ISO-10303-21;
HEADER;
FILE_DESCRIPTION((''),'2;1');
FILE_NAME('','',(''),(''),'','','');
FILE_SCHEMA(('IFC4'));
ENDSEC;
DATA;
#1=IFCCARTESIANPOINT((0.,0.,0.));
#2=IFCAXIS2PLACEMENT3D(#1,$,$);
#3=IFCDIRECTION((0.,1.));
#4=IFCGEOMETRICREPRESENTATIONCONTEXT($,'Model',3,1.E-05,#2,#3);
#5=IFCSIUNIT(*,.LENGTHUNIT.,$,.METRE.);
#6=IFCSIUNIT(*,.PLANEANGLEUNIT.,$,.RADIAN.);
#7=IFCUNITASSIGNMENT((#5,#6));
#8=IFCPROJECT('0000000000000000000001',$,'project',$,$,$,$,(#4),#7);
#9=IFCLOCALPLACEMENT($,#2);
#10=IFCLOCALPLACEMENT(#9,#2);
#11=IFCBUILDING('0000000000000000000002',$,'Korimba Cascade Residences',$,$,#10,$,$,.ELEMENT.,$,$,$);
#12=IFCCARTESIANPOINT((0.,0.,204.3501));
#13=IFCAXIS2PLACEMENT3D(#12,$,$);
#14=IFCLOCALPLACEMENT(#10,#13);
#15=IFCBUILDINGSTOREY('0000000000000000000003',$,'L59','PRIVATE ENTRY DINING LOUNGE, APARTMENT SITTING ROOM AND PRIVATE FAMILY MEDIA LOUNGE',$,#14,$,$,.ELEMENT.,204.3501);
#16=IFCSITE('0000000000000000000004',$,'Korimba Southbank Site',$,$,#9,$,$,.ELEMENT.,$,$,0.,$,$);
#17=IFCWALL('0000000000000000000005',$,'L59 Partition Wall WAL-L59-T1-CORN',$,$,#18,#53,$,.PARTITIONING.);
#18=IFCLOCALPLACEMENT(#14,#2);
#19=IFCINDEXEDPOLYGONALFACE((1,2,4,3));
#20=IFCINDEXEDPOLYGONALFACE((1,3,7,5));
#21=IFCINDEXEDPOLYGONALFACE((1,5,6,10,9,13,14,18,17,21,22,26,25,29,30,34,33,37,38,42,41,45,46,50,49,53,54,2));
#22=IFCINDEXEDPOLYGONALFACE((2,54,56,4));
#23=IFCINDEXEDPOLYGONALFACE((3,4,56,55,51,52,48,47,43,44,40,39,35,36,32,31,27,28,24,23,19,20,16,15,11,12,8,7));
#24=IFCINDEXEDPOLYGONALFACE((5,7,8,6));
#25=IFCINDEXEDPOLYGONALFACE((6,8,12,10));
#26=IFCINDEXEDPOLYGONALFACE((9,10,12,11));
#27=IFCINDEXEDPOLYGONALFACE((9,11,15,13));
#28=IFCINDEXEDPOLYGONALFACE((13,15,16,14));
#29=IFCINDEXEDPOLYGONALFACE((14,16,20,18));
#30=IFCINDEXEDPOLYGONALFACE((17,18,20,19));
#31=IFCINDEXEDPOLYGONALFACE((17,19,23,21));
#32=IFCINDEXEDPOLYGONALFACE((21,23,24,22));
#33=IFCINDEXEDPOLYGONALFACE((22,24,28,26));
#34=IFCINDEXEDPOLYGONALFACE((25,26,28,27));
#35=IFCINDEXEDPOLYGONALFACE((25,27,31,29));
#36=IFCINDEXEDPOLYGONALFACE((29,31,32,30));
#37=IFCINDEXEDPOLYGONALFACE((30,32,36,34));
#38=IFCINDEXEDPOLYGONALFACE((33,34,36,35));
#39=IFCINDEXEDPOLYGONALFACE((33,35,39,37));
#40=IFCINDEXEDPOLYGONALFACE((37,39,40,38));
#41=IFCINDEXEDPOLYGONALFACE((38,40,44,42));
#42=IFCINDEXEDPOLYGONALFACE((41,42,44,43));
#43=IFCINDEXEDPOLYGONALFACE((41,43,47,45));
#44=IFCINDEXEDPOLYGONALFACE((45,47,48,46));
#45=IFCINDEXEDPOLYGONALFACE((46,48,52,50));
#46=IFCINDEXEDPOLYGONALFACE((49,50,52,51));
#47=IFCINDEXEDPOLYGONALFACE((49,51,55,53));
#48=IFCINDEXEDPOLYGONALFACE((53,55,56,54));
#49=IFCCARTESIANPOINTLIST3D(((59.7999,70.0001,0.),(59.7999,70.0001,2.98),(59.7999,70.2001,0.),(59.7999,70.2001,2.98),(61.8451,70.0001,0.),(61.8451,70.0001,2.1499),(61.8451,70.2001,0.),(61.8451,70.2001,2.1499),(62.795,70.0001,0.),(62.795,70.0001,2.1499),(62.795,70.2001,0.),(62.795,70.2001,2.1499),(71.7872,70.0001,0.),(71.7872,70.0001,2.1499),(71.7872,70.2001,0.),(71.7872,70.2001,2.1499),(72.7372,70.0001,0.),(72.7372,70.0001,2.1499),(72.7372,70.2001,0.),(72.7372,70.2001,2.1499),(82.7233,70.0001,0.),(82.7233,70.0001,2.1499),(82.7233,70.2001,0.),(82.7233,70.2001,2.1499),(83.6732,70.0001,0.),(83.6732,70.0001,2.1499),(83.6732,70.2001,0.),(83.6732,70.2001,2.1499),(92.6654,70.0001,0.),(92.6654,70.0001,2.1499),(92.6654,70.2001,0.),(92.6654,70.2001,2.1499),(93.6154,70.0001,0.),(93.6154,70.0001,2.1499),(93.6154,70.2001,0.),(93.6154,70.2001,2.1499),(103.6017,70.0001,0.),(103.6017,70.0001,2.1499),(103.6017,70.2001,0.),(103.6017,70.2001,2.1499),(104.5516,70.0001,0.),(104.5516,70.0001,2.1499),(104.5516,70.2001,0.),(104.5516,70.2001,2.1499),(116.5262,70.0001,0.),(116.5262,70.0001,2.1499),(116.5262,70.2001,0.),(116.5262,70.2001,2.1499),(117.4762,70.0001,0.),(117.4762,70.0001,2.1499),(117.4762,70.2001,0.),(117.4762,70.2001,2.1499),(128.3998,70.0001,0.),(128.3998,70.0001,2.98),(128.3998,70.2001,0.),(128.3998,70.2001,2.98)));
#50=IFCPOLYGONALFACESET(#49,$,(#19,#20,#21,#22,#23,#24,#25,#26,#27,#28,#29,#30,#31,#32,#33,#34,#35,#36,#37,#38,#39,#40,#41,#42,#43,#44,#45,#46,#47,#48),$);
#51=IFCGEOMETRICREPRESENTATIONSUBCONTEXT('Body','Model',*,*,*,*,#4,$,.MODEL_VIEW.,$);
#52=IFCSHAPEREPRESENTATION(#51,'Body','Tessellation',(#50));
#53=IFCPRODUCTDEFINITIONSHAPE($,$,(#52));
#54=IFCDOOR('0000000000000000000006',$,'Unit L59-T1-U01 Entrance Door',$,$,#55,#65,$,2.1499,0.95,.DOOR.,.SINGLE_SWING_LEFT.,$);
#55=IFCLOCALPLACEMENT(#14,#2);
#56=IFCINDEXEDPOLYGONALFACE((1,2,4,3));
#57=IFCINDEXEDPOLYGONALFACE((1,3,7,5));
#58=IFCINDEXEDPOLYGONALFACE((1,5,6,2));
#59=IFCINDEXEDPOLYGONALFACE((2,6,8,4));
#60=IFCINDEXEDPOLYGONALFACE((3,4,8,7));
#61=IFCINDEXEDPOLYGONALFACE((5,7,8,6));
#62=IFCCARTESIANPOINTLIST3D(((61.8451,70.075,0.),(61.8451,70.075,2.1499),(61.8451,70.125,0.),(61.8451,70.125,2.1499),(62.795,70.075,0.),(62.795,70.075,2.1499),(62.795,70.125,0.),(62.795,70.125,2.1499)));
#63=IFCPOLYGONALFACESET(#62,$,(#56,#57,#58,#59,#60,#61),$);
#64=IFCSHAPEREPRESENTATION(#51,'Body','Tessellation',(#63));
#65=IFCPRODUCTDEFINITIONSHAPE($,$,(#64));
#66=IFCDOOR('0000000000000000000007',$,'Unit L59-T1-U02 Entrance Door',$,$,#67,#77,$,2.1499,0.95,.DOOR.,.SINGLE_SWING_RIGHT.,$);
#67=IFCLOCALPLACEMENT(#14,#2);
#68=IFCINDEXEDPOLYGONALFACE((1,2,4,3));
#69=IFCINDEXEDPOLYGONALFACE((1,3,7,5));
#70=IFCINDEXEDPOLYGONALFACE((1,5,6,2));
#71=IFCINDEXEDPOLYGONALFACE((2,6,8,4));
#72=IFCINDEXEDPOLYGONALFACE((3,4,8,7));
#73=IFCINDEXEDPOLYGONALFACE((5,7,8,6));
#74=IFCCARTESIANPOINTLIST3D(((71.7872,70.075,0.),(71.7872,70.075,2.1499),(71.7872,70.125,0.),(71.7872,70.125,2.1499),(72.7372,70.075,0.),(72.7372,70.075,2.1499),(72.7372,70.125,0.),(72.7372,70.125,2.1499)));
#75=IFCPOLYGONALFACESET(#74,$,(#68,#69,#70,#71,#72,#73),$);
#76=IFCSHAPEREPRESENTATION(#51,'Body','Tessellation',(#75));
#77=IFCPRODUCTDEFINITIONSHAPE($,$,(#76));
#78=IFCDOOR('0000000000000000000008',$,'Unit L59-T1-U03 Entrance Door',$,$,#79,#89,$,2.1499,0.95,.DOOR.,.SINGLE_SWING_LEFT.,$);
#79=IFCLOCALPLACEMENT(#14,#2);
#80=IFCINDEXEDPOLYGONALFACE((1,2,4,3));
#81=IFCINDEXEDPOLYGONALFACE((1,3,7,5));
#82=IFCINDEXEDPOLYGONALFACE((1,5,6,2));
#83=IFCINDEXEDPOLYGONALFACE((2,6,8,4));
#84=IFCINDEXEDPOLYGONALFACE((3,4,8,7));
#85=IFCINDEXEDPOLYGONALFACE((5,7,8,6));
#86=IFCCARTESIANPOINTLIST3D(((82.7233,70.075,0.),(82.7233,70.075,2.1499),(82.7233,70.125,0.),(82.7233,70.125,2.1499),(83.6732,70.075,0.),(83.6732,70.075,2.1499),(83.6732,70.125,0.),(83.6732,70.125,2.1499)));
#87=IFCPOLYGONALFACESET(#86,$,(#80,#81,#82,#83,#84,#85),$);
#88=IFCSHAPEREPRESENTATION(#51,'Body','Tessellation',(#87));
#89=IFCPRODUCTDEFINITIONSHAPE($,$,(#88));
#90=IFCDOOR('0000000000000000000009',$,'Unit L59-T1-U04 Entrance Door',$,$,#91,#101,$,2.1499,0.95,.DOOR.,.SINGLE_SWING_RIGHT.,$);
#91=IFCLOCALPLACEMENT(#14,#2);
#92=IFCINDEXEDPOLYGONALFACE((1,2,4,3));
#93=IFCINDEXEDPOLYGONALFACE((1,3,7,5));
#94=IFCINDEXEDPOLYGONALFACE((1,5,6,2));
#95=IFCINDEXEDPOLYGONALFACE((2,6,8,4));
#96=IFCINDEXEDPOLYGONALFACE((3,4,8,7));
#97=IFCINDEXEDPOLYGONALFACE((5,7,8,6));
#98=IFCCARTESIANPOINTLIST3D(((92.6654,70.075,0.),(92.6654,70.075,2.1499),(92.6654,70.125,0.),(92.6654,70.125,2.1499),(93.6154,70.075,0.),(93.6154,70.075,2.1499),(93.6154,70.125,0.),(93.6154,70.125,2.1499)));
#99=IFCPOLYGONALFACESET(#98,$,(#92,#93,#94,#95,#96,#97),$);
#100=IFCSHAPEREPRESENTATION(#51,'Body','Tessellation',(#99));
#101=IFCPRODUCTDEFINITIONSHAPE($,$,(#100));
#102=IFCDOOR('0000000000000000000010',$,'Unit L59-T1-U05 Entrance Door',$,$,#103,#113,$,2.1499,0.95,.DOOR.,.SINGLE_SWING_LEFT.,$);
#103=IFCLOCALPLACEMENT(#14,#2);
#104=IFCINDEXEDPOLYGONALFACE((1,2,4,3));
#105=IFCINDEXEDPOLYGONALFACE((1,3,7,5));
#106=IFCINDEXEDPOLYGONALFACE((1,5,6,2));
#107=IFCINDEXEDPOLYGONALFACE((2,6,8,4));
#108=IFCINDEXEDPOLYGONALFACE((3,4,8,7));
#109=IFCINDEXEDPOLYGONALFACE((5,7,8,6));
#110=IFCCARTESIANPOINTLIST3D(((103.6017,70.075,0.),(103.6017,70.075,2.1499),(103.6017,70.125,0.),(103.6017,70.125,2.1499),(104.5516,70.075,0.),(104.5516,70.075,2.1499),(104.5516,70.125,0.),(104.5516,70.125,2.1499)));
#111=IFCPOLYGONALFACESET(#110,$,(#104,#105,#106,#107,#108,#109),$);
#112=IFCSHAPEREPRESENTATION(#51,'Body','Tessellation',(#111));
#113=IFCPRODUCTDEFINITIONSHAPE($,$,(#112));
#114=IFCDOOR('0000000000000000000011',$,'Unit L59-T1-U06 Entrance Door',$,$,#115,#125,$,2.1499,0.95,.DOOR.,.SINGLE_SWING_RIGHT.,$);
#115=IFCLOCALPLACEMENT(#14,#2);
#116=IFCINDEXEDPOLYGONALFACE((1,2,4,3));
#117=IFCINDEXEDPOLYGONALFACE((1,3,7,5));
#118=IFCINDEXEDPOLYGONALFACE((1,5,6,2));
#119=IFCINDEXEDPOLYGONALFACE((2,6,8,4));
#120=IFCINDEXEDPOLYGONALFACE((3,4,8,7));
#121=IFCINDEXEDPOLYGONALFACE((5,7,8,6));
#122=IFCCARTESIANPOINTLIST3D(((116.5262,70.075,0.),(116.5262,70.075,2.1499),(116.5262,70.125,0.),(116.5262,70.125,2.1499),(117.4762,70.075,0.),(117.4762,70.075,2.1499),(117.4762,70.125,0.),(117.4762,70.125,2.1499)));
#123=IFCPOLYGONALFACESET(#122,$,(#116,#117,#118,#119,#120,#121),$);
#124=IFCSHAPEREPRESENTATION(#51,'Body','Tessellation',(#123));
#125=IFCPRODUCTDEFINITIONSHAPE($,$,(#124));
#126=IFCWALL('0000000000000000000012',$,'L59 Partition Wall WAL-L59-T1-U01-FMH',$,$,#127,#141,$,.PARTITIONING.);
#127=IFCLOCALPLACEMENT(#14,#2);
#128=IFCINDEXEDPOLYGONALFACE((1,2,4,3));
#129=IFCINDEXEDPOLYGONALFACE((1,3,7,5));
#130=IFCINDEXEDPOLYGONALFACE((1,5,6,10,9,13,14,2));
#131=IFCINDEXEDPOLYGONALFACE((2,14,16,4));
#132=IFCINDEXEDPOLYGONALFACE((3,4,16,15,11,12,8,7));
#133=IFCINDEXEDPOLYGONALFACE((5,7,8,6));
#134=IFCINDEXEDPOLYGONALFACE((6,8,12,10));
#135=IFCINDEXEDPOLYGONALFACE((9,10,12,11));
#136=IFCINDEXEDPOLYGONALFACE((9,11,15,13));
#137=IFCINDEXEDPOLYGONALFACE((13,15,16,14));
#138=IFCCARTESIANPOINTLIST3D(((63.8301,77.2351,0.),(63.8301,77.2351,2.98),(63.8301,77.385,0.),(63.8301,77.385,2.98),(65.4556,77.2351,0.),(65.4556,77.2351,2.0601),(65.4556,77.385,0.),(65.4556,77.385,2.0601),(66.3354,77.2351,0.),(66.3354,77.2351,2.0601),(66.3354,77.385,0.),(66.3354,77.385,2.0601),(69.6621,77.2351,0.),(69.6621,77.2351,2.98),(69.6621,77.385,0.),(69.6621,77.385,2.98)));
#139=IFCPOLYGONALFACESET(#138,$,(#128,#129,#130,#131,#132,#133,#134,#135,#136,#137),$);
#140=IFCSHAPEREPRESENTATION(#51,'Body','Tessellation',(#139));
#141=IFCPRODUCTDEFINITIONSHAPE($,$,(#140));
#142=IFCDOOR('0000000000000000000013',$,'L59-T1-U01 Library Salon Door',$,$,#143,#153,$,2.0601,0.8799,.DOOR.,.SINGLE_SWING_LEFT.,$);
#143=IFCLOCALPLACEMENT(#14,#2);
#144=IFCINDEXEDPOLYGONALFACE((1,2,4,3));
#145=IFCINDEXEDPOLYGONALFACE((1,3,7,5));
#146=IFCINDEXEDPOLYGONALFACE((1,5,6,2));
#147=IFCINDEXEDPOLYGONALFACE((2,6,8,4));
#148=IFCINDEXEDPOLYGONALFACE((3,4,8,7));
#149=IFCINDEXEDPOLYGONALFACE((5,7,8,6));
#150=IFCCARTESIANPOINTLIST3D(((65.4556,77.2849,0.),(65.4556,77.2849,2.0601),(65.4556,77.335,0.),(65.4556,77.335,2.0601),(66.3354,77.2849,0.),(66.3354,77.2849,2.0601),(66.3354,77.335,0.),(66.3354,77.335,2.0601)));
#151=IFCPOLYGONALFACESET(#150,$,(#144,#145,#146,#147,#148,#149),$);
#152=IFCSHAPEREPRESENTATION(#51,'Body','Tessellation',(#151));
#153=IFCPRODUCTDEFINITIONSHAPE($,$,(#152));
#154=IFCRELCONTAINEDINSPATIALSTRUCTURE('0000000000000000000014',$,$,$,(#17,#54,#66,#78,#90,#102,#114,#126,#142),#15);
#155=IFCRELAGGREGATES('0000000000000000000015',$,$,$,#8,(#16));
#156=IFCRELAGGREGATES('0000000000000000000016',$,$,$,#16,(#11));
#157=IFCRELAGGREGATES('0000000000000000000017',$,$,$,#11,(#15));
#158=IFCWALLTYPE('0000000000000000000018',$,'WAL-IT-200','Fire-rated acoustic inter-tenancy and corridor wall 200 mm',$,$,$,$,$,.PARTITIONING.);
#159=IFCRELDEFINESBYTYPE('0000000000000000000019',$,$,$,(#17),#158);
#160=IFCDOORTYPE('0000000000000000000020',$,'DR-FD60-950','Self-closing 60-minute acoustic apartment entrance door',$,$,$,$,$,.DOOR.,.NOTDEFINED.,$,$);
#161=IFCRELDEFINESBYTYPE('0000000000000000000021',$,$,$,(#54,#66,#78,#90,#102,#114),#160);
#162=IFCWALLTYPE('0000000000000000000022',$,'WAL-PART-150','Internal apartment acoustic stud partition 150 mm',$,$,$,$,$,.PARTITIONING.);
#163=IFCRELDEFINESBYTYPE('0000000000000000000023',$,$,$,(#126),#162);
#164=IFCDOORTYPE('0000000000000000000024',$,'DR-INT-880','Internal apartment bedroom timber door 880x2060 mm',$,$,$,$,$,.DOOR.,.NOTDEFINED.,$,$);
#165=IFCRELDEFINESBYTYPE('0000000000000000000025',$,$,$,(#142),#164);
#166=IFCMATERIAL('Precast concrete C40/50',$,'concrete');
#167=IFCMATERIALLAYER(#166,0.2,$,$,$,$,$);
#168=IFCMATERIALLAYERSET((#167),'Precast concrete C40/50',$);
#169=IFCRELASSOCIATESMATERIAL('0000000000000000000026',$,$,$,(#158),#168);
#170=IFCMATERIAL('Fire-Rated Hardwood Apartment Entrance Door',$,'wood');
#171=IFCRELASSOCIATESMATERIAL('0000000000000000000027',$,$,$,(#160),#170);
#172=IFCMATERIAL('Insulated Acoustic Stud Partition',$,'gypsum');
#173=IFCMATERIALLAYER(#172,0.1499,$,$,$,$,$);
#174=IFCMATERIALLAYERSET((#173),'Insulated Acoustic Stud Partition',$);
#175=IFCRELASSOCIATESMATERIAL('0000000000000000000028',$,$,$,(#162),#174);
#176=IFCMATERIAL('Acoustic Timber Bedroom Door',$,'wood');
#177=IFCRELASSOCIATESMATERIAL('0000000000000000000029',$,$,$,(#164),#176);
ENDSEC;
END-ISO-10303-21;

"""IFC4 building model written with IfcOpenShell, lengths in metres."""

from ifc_helpers import new_model, si_unit, direction, frame, frame_2d, origin, place, context, subcontext, project, spatial, rectangle, extrude, material, layer, layer_set, type_object, element, fill, save


model = new_model("IFC4")

# Units and contexts
model_context = context("Model", 3, precision=1e-05, world=origin(), true_north=direction((0.0, 1.0)))
body_context = subcontext(model_context, "Body", "Model", "MODEL_VIEW")
ifc_project = project(units=[si_unit("LENGTHUNIT", "METRE"), si_unit("PLANEANGLEUNIT", "RADIAN")], contexts=[model_context])

# Site, building, storey
site_placement = place(None, origin())
site = spatial("IfcSite", under=ifc_project, at=site_placement, Name="Korimba Southbank Site", CompositionType="ELEMENT", RefElevation=0.0)
building_placement = place(site_placement, origin())
building = spatial("IfcBuilding", under=site, at=building_placement, Name="Korimba Cascade Residences", CompositionType="ELEMENT")
storey_placement = place(building_placement, frame((0.0, 0.0, 204.3501)))
storey = spatial("IfcBuildingStorey", under=building, at=storey_placement, Name="L59", Description="PRIVATE ENTRY DINING LOUNGE, APARTMENT SITTING ROOM AND PRIVATE FAMILY MEDIA LOUNGE", CompositionType="ELEMENT", Elevation=204.3501)

# Shared definitions
ifc_material_1 = material(Name="Precast concrete C40/50", Category="concrete")
ifc_layer_1 = layer(ifc_material_1, 0.2)
ifc_layer_set_1 = layer_set([ifc_layer_1], Name="Precast concrete C40/50")
wall_type_1 = type_object("IfcWallType", Name="WAL-IT-200", Description="Fire-rated acoustic inter-tenancy and corridor wall 200 mm", PredefinedType="PARTITIONING", material=ifc_layer_set_1)

# Wall, openings, doors
wall_1_placement = place(storey_placement, frame((59.8, 70.1001, 0.0), z_axis=(0.0, 0.0, 1.0), x_axis=(1.0, 0.0, 0.0)))
wall_1 = element("IfcWall", 1, at=wall_1_placement, inside=storey, type_object=wall_type_1, Name="L59 Partition Wall WAL-L59-T1-CORN", PredefinedType="PARTITIONING", context=body_context, shape_type="SweptSolid", body=[
    extrude(rectangle(XDim=68.5999, YDim=0.2, at=frame_2d((34.2998, 0.0))), origin(), (0.0, 0.0, 1.0), 2.98),
])
opening_1_placement = place(wall_1_placement, frame((2.0449, 0.0, 0.0)))
opening_1 = element("IfcOpeningElement", 2, at=opening_1_placement, cuts=wall_1, PredefinedType="OPENING", context=body_context, shape_type="SweptSolid", body=[
    extrude(rectangle(XDim=0.95, YDim=2.1499, at=frame_2d((0.4751, 1.075))), frame((0.0, 0.1099, 0.0), z_axis=(0.0, -1.0, 0.0), x_axis=(1.0, 0.0, 0.0)), (0.0, 0.0, 1.0), 0.22),
])
opening_2_placement = place(wall_1_placement, frame((11.9871, 0.0, 0.0)))
opening_2 = element("IfcOpeningElement", 3, at=opening_2_placement, cuts=wall_1, PredefinedType="OPENING", context=body_context, shape_type="SweptSolid", body=[
    extrude(rectangle(XDim=0.95, YDim=2.1499, at=frame_2d((0.4751, 1.075))), frame((0.0, 0.1099, 0.0), z_axis=(0.0, -1.0, 0.0), x_axis=(1.0, 0.0, 0.0)), (0.0, 0.0, 1.0), 0.22),
])
opening_3_placement = place(wall_1_placement, frame((22.9231, 0.0, 0.0)))
opening_3 = element("IfcOpeningElement", 4, at=opening_3_placement, cuts=wall_1, PredefinedType="OPENING", context=body_context, shape_type="SweptSolid", body=[
    extrude(rectangle(XDim=0.95, YDim=2.1499, at=frame_2d((0.4751, 1.075))), frame((0.0, 0.1099, 0.0), z_axis=(0.0, -1.0, 0.0), x_axis=(1.0, 0.0, 0.0)), (0.0, 0.0, 1.0), 0.22),
])
opening_4_placement = place(wall_1_placement, frame((32.8652, 0.0, 0.0)))
opening_4 = element("IfcOpeningElement", 5, at=opening_4_placement, cuts=wall_1, PredefinedType="OPENING", context=body_context, shape_type="SweptSolid", body=[
    extrude(rectangle(XDim=0.95, YDim=2.1499, at=frame_2d((0.4751, 1.075))), frame((0.0, 0.1099, 0.0), z_axis=(0.0, -1.0, 0.0), x_axis=(1.0, 0.0, 0.0)), (0.0, 0.0, 1.0), 0.22),
])
opening_5_placement = place(wall_1_placement, frame((43.8015, 0.0, 0.0)))
opening_5 = element("IfcOpeningElement", 6, at=opening_5_placement, cuts=wall_1, PredefinedType="OPENING", context=body_context, shape_type="SweptSolid", body=[
    extrude(rectangle(XDim=0.95, YDim=2.1499, at=frame_2d((0.4751, 1.075))), frame((0.0, 0.1099, 0.0), z_axis=(0.0, -1.0, 0.0), x_axis=(1.0, 0.0, 0.0)), (0.0, 0.0, 1.0), 0.22),
])
opening_6_placement = place(wall_1_placement, frame((56.7261, 0.0, 0.0)))
opening_6 = element("IfcOpeningElement", 7, at=opening_6_placement, cuts=wall_1, PredefinedType="OPENING", context=body_context, shape_type="SweptSolid", body=[
    extrude(rectangle(XDim=0.95, YDim=2.1499, at=frame_2d((0.4751, 1.075))), frame((0.0, 0.1099, 0.0), z_axis=(0.0, -1.0, 0.0), x_axis=(1.0, 0.0, 0.0)), (0.0, 0.0, 1.0), 0.22),
])
ifc_material_2 = material(Name="Fire-Rated Hardwood Apartment Entrance Door", Category="wood")
door_type_1 = type_object("IfcDoorType", Name="DR-FD60-950", Description="Self-closing 60-minute acoustic apartment entrance door", OperationType="NOTDEFINED", PredefinedType="DOOR", material=ifc_material_2)
door_1_placement = place(opening_1_placement, origin())
door_1 = element("IfcDoor", 8, at=door_1_placement, inside=storey, type_object=door_type_1, Name="Unit L59-T1-U01 Entrance Door", OperationType="SINGLE_SWING_LEFT", OverallHeight=2.1499, OverallWidth=0.95, PredefinedType="DOOR", context=body_context, shape_type="SweptSolid", body=[
    extrude(rectangle(XDim=0.95, YDim=2.1499, at=frame_2d((0.4751, 1.075))), frame((0.0, 0.0249, 0.0), z_axis=(0.0, -1.0, 0.0), x_axis=(1.0, 0.0, 0.0)), (0.0, 0.0, 1.0), 0.05),
])
fill(opening_1, door_1)
door_2_placement = place(opening_2_placement, origin())
door_2 = element("IfcDoor", 9, at=door_2_placement, inside=storey, type_object=door_type_1, Name="Unit L59-T1-U02 Entrance Door", OperationType="SINGLE_SWING_RIGHT", OverallHeight=2.1499, OverallWidth=0.95, PredefinedType="DOOR", context=body_context, shape_type="SweptSolid", body=[
    extrude(rectangle(XDim=0.95, YDim=2.1499, at=frame_2d((0.4751, 1.075))), frame((0.0, 0.0249, 0.0), z_axis=(0.0, -1.0, 0.0), x_axis=(1.0, 0.0, 0.0)), (0.0, 0.0, 1.0), 0.05),
])
fill(opening_2, door_2)
door_3_placement = place(opening_3_placement, origin())
door_3 = element("IfcDoor", 10, at=door_3_placement, inside=storey, type_object=door_type_1, Name="Unit L59-T1-U03 Entrance Door", OperationType="SINGLE_SWING_LEFT", OverallHeight=2.1499, OverallWidth=0.95, PredefinedType="DOOR", context=body_context, shape_type="SweptSolid", body=[
    extrude(rectangle(XDim=0.95, YDim=2.1499, at=frame_2d((0.4751, 1.075))), frame((0.0, 0.0249, 0.0), z_axis=(0.0, -1.0, 0.0), x_axis=(1.0, 0.0, 0.0)), (0.0, 0.0, 1.0), 0.05),
])
fill(opening_3, door_3)
door_4_placement = place(opening_4_placement, origin())
door_4 = element("IfcDoor", 11, at=door_4_placement, inside=storey, type_object=door_type_1, Name="Unit L59-T1-U04 Entrance Door", OperationType="SINGLE_SWING_RIGHT", OverallHeight=2.1499, OverallWidth=0.95, PredefinedType="DOOR", context=body_context, shape_type="SweptSolid", body=[
    extrude(rectangle(XDim=0.95, YDim=2.1499, at=frame_2d((0.4751, 1.075))), frame((0.0, 0.0249, 0.0), z_axis=(0.0, -1.0, 0.0), x_axis=(1.0, 0.0, 0.0)), (0.0, 0.0, 1.0), 0.05),
])
fill(opening_4, door_4)
door_5_placement = place(opening_5_placement, origin())
door_5 = element("IfcDoor", 12, at=door_5_placement, inside=storey, type_object=door_type_1, Name="Unit L59-T1-U05 Entrance Door", OperationType="SINGLE_SWING_LEFT", OverallHeight=2.1499, OverallWidth=0.95, PredefinedType="DOOR", context=body_context, shape_type="SweptSolid", body=[
    extrude(rectangle(XDim=0.95, YDim=2.1499, at=frame_2d((0.4751, 1.075))), frame((0.0, 0.0249, 0.0), z_axis=(0.0, -1.0, 0.0), x_axis=(1.0, 0.0, 0.0)), (0.0, 0.0, 1.0), 0.05),
])
fill(opening_5, door_5)
door_6_placement = place(opening_6_placement, origin())
door_6 = element("IfcDoor", 13, at=door_6_placement, inside=storey, type_object=door_type_1, Name="Unit L59-T1-U06 Entrance Door", OperationType="SINGLE_SWING_RIGHT", OverallHeight=2.1499, OverallWidth=0.95, PredefinedType="DOOR", context=body_context, shape_type="SweptSolid", body=[
    extrude(rectangle(XDim=0.95, YDim=2.1499, at=frame_2d((0.4751, 1.075))), frame((0.0, 0.0249, 0.0), z_axis=(0.0, -1.0, 0.0), x_axis=(1.0, 0.0, 0.0)), (0.0, 0.0, 1.0), 0.05),
])
fill(opening_6, door_6)

# Wall, opening, door
ifc_material_3 = material(Name="Insulated Acoustic Stud Partition", Category="gypsum")
ifc_layer_2 = layer(ifc_material_3, 0.1499)
ifc_layer_set_2 = layer_set([ifc_layer_2], Name="Insulated Acoustic Stud Partition")
wall_type_2 = type_object("IfcWallType", Name="WAL-PART-150", Description="Internal apartment acoustic stud partition 150 mm", PredefinedType="PARTITIONING", material=ifc_layer_set_2)
wall_2_placement = place(storey_placement, frame((63.8301, 77.3101, 0.0), z_axis=(0.0, 0.0, 1.0), x_axis=(1.0, 0.0, 0.0)))
wall_2 = element("IfcWall", 14, at=wall_2_placement, inside=storey, type_object=wall_type_2, Name="L59 Partition Wall WAL-L59-T1-U01-FMH", PredefinedType="PARTITIONING", context=body_context, shape_type="SweptSolid", body=[
    extrude(rectangle(XDim=5.832, YDim=0.1499, at=frame_2d((2.916, 0.0))), origin(), (0.0, 0.0, 1.0), 2.98),
])
opening_7_placement = place(wall_2_placement, frame((1.6255, 0.0, 0.0)))
opening_7 = element("IfcOpeningElement", 15, at=opening_7_placement, cuts=wall_2, PredefinedType="OPENING", context=body_context, shape_type="SweptSolid", body=[
    extrude(rectangle(XDim=0.8799, YDim=2.0601, at=frame_2d((0.4399, 1.03))), frame((0.0, 0.085, 0.0), z_axis=(0.0, -1.0, 0.0), x_axis=(1.0, 0.0, 0.0)), (0.0, 0.0, 1.0), 0.1699),
])
ifc_material_4 = material(Name="Acoustic Timber Bedroom Door", Category="wood")
door_type_2 = type_object("IfcDoorType", Name="DR-INT-880", Description="Internal apartment bedroom timber door 880x2060 mm", OperationType="NOTDEFINED", PredefinedType="DOOR", material=ifc_material_4)
door_7_placement = place(opening_7_placement, origin())
door_7 = element("IfcDoor", 16, at=door_7_placement, inside=storey, type_object=door_type_2, Name="L59-T1-U01 Library Salon Door", OperationType="SINGLE_SWING_LEFT", OverallHeight=2.0601, OverallWidth=0.8799, PredefinedType="DOOR", context=body_context, shape_type="SweptSolid", body=[
    extrude(rectangle(XDim=0.8799, YDim=2.0601, at=frame_2d((0.4399, 1.03))), frame((0.0, 0.0249, 0.0), z_axis=(0.0, -1.0, 0.0), x_axis=(1.0, 0.0, 0.0)), (0.0, 0.0, 1.0), 0.05),
])
fill(opening_7, door_7)

save(model, "model.ifc")
